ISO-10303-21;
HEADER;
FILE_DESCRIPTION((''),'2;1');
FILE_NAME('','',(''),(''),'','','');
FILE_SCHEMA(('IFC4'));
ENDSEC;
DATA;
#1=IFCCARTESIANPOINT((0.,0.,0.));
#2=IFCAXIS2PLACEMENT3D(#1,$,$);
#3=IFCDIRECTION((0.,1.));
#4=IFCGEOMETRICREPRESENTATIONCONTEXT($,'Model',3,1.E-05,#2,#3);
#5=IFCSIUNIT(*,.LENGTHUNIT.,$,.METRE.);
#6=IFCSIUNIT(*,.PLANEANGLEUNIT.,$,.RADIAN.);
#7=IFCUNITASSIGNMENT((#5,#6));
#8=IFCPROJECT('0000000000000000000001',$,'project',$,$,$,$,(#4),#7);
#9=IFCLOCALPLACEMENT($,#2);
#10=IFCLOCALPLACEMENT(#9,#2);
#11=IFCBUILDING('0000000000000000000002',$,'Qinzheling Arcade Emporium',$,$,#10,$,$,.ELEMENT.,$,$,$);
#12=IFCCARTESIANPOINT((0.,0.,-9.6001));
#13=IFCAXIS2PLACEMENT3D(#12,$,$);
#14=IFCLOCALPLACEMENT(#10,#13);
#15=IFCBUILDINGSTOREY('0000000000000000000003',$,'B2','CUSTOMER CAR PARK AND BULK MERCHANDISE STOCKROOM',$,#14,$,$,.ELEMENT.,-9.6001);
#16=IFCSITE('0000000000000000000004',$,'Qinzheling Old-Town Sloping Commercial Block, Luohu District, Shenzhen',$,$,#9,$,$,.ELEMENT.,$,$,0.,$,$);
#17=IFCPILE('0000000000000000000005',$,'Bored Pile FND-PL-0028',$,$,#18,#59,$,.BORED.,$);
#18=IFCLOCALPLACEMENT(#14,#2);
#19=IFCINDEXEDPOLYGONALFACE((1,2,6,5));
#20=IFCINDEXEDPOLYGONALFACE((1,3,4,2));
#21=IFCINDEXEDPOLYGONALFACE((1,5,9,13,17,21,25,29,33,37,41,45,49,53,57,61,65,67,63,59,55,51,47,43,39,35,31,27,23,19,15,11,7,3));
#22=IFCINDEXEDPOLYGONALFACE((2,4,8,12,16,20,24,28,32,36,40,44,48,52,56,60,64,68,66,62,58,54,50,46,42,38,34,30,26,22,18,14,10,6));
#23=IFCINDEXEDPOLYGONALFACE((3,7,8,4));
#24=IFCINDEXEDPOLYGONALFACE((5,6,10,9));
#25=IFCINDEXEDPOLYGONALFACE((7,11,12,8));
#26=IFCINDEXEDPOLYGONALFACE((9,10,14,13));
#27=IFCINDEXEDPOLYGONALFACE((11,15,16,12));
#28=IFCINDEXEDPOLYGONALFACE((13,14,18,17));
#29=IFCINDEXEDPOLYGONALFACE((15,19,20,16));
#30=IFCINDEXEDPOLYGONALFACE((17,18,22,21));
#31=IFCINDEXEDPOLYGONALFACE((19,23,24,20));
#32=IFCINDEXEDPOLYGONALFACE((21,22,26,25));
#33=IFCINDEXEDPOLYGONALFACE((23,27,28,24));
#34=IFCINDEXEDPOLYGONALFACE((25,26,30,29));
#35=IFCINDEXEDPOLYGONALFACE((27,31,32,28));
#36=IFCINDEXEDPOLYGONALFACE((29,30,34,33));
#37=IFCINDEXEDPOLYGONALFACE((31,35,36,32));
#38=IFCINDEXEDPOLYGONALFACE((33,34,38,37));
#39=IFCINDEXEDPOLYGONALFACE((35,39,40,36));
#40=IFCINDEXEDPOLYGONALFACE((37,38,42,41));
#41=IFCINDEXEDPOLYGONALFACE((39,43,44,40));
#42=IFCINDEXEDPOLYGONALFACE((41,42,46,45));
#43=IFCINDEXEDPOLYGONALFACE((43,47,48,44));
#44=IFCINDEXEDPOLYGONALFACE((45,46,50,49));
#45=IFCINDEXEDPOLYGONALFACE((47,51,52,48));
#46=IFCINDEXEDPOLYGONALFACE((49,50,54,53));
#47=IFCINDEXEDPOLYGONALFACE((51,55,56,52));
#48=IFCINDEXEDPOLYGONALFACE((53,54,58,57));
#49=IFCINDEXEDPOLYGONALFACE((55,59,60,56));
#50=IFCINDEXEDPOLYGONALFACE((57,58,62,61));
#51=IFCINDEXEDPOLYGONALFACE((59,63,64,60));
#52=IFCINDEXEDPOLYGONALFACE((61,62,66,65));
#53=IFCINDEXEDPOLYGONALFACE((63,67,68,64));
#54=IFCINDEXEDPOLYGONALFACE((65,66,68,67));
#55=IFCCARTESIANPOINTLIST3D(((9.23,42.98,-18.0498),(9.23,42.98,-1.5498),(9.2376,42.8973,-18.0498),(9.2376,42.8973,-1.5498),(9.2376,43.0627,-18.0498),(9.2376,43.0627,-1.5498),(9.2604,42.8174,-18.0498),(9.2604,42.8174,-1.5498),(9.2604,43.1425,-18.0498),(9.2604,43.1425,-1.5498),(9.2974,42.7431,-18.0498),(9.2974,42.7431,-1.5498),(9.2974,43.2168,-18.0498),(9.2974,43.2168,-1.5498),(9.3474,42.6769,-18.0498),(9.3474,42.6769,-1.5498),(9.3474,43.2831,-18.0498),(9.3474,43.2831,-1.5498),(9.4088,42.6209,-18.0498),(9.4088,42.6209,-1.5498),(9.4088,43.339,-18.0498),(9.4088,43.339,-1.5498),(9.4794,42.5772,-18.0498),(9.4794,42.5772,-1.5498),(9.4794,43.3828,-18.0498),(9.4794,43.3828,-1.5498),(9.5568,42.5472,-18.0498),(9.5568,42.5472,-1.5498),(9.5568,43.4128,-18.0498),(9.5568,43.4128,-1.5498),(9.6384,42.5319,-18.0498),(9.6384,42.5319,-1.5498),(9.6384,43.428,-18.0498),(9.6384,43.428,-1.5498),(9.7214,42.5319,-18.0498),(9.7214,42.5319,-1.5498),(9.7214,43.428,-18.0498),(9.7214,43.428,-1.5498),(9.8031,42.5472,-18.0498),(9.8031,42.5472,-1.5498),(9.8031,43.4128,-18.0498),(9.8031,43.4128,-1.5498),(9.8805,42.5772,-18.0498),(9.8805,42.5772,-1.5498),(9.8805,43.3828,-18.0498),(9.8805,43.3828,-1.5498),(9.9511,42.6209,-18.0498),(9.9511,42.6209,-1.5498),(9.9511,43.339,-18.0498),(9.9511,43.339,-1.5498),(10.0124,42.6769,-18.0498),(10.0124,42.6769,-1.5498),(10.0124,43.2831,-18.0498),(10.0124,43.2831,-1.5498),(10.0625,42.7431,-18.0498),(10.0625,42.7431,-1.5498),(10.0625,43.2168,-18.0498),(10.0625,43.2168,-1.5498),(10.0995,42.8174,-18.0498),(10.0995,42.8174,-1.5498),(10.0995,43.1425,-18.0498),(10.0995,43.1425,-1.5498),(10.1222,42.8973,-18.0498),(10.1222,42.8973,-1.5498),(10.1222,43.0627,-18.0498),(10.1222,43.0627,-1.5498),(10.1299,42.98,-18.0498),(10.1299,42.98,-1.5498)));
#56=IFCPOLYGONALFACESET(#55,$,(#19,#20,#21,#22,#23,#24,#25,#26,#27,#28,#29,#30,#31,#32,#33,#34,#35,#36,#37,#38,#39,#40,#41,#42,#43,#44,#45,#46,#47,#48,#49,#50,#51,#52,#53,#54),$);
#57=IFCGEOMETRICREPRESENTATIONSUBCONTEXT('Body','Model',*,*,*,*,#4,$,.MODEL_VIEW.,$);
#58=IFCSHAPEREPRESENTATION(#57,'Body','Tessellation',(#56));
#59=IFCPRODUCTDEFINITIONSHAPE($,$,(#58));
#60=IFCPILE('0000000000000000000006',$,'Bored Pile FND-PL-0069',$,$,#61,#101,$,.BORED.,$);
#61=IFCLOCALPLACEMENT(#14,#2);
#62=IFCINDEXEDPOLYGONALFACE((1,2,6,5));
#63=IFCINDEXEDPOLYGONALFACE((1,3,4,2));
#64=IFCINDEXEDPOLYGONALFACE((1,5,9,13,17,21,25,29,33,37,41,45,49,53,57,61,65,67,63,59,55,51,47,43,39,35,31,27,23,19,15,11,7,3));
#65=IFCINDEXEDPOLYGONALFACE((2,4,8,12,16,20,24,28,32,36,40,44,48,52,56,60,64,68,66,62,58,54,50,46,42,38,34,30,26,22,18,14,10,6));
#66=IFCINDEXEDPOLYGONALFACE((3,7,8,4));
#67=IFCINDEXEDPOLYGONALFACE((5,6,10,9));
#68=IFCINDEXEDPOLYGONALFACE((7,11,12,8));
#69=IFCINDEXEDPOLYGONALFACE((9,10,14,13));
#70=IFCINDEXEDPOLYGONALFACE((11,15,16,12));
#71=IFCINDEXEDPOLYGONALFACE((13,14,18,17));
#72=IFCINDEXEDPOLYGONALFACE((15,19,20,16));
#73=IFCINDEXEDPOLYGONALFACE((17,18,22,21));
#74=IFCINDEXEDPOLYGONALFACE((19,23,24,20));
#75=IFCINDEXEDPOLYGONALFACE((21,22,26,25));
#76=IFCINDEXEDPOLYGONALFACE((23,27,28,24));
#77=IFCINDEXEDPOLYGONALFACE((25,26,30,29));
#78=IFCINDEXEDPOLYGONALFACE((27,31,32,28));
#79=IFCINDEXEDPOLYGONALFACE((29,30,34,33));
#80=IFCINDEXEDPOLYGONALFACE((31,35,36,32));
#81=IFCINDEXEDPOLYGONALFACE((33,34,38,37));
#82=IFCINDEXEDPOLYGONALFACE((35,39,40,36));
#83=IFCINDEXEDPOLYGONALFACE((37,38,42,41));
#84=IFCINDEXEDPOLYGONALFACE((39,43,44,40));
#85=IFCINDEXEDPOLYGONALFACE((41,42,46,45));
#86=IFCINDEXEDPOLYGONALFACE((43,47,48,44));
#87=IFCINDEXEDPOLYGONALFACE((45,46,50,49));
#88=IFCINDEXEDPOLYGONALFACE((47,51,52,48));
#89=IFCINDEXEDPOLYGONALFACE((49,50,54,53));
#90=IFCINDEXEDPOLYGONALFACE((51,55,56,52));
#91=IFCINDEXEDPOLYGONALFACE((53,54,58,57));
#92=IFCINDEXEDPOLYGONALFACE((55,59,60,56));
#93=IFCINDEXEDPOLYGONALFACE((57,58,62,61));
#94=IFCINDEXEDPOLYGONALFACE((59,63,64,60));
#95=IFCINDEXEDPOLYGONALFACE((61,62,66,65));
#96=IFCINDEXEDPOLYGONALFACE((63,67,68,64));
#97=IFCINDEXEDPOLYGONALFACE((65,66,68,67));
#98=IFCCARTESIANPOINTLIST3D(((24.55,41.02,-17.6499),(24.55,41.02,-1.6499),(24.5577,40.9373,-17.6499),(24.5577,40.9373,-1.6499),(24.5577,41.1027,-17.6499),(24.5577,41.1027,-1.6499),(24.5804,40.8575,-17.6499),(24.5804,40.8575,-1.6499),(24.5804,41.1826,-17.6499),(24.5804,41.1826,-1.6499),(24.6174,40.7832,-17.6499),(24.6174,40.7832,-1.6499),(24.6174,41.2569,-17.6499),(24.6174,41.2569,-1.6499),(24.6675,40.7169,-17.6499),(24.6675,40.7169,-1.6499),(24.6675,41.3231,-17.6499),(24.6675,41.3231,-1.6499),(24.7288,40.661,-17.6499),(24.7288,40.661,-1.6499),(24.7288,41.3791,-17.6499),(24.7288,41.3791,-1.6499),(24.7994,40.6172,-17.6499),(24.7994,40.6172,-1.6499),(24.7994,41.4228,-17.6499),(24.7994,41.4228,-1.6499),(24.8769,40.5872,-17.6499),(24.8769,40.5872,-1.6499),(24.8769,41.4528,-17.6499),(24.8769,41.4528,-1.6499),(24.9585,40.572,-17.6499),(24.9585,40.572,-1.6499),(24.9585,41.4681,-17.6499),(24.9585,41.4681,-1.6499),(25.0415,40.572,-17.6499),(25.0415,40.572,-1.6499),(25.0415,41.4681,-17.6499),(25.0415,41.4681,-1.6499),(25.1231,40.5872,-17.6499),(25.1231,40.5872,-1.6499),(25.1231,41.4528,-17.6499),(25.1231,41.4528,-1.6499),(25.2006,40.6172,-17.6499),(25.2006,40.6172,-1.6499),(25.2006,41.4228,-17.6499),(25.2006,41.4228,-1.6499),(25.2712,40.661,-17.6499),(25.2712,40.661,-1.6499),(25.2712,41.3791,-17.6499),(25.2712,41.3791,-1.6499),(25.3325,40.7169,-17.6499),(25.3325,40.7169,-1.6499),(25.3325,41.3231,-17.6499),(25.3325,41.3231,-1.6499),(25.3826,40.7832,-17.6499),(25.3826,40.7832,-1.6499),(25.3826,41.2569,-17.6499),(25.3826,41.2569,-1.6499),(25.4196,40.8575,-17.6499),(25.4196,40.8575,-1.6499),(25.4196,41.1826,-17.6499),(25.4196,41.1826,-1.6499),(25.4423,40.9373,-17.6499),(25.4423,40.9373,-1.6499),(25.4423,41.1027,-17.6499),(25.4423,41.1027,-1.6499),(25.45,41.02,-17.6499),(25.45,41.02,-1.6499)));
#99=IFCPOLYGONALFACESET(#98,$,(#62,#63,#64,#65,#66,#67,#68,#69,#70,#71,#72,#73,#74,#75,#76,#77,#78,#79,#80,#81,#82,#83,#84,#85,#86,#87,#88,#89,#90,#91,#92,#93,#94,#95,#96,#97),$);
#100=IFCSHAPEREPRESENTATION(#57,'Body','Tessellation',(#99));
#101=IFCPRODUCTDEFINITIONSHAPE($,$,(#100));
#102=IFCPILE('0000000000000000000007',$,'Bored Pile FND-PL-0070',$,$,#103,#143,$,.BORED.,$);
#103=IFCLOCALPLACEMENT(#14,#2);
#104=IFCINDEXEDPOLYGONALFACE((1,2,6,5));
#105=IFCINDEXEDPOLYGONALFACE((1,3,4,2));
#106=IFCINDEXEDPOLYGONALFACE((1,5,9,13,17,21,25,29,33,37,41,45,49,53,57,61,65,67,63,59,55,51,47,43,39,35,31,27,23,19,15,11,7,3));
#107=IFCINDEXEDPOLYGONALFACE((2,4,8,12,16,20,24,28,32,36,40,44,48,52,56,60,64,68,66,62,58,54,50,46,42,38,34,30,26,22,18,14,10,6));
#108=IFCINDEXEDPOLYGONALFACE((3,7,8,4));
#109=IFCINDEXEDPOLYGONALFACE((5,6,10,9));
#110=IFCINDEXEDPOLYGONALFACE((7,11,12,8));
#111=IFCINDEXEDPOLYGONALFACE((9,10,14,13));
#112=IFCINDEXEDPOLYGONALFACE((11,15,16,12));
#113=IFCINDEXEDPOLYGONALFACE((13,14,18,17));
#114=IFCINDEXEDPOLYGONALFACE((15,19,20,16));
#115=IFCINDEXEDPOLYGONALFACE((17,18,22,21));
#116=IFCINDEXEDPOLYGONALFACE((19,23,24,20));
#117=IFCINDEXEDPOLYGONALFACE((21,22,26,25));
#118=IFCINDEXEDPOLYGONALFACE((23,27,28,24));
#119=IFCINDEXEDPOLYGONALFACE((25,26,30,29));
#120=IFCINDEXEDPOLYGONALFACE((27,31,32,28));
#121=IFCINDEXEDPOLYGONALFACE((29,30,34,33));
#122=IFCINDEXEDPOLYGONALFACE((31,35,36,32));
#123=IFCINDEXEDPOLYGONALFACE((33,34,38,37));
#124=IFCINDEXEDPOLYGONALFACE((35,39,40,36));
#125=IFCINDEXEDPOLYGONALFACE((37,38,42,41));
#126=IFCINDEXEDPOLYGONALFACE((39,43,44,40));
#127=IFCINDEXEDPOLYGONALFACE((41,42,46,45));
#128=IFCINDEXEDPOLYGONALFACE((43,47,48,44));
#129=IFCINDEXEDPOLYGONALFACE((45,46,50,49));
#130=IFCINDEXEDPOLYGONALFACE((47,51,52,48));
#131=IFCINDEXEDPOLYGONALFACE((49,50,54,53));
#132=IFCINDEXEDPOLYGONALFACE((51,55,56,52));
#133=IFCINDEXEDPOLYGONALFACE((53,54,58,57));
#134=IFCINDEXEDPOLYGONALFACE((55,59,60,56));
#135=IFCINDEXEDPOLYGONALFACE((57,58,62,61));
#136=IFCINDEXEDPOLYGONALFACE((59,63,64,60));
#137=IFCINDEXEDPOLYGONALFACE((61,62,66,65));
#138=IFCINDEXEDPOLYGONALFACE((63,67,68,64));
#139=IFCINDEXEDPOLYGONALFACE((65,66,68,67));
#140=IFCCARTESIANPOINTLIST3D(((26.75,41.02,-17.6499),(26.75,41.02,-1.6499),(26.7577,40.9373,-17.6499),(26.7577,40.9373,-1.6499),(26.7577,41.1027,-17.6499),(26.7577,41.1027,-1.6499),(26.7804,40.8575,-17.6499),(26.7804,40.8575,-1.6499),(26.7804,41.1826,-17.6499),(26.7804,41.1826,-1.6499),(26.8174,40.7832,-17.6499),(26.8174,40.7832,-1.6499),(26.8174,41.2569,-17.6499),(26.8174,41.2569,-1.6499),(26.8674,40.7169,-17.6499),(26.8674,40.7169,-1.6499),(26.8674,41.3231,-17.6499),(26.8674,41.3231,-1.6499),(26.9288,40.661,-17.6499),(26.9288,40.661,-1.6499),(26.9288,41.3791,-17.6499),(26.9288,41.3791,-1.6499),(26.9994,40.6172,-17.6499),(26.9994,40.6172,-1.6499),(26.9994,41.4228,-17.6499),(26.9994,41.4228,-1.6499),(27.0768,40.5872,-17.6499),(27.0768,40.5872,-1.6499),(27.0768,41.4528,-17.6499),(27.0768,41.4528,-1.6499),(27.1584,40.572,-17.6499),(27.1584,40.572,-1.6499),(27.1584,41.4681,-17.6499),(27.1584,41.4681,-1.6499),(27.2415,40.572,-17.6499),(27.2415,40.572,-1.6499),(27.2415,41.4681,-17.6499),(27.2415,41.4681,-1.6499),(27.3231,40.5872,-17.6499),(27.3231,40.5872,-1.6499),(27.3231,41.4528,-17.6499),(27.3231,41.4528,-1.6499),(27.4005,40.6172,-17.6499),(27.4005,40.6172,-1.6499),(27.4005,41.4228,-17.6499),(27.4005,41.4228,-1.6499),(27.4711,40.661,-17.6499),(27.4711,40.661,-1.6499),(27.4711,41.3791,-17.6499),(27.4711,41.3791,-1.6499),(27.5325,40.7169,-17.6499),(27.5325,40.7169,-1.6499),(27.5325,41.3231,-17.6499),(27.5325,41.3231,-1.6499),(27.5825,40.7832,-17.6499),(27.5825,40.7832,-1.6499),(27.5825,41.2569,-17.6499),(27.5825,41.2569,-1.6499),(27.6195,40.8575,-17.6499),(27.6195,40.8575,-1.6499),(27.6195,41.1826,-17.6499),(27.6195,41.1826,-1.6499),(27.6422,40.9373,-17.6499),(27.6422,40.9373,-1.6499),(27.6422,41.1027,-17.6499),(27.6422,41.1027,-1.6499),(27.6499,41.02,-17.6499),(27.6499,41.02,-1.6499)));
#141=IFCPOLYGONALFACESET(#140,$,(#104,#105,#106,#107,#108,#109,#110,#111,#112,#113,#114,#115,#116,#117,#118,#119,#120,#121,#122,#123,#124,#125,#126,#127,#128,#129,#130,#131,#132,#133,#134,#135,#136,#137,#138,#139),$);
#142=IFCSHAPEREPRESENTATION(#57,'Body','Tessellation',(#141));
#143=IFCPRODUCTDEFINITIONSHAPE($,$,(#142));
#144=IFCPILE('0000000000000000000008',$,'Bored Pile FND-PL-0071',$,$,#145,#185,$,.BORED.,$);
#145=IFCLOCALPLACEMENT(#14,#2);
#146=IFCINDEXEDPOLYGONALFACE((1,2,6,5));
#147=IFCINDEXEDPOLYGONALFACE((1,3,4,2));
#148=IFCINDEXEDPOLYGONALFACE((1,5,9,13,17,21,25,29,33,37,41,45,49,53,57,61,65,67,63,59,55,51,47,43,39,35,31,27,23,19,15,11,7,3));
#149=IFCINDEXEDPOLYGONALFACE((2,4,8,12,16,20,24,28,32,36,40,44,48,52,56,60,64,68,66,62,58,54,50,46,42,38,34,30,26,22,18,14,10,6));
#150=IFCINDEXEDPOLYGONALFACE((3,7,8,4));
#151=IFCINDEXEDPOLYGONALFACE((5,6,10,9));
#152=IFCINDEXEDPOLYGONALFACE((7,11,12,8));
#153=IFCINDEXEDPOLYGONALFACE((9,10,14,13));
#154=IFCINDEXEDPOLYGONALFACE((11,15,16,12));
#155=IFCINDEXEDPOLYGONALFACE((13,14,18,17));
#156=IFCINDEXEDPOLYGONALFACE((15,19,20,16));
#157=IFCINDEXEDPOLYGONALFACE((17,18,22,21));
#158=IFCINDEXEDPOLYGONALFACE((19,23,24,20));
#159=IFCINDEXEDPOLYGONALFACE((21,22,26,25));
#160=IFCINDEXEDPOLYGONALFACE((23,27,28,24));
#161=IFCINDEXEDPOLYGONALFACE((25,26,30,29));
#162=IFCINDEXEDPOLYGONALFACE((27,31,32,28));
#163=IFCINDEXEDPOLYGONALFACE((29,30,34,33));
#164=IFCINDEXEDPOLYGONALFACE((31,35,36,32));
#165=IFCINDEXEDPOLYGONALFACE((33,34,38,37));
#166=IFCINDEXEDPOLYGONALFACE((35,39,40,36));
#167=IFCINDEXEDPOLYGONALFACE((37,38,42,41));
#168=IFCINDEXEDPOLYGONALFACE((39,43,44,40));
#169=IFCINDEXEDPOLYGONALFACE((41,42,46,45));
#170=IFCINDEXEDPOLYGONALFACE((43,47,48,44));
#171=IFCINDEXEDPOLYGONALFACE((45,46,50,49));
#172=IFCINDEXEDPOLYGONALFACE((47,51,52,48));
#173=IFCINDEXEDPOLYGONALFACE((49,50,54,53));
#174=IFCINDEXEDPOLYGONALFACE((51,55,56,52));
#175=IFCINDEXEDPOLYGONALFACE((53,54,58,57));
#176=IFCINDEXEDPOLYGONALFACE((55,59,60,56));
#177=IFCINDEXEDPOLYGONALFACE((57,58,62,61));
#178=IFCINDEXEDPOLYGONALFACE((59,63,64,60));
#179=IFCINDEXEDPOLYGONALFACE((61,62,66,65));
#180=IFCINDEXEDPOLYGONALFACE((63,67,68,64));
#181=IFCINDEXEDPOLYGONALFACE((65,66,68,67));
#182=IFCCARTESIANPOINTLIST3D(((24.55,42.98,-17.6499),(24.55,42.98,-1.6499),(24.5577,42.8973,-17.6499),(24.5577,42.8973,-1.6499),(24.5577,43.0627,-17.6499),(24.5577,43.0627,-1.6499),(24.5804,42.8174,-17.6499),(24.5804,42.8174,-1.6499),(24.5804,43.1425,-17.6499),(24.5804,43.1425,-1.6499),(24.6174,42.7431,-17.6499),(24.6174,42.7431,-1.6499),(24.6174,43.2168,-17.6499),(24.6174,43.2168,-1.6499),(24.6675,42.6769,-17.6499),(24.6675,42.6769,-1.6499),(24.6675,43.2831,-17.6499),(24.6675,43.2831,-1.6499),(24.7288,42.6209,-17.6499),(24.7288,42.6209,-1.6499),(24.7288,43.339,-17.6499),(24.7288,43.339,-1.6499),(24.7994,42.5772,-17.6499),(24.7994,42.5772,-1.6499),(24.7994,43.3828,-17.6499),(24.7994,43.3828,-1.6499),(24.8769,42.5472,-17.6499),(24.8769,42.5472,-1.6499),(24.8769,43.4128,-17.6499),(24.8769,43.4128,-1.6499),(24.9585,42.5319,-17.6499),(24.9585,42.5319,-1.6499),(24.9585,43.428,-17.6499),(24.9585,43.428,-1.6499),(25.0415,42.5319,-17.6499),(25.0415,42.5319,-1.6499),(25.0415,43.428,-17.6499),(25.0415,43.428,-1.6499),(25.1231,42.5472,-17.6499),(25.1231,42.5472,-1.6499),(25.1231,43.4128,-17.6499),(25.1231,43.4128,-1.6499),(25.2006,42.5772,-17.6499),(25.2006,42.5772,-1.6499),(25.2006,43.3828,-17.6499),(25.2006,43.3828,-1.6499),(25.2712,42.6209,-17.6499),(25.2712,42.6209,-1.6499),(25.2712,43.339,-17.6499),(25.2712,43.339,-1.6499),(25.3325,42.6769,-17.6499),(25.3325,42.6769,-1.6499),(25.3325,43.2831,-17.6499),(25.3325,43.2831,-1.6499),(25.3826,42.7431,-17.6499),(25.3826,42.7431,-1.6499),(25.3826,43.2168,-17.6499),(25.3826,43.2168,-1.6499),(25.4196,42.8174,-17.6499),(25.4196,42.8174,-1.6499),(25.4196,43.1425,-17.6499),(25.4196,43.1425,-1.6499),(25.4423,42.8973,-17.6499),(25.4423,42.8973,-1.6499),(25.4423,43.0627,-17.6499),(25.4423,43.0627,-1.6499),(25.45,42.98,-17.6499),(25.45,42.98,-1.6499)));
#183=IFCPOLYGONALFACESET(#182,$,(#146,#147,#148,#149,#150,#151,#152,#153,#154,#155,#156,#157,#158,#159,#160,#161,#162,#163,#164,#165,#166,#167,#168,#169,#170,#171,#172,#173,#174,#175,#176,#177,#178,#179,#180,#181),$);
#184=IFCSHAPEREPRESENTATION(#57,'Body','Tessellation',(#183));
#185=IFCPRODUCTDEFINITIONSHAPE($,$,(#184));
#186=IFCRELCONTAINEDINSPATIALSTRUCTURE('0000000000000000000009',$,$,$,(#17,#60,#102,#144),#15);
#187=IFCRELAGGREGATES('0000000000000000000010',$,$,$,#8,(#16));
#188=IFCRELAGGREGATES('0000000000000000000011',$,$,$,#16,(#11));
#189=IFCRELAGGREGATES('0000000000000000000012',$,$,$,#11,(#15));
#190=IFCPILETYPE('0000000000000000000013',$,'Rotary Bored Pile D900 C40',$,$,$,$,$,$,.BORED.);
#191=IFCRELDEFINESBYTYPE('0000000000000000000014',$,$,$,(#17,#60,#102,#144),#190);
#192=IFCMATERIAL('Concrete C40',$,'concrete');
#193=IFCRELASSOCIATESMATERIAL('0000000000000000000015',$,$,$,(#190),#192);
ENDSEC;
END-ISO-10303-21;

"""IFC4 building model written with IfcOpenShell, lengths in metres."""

from ifc_helpers import new_model, si_unit, direction, frame, origin, origin_2d, place, context, subcontext, project, spatial, circle, extrude, material, material_profile, profile_set, type_object, element, save


model = new_model("IFC4")

# Units and contexts
model_context = context("Model", 3, precision=1e-05, world=origin(), true_north=direction((0.0, 1.0)))
body_context = subcontext(model_context, "Body", "Model", "MODEL_VIEW")
ifc_project = project(units=[si_unit("LENGTHUNIT", "METRE"), si_unit("PLANEANGLEUNIT", "RADIAN")], contexts=[model_context])

# Site, building, storey
site_placement = place(None, origin())
site = spatial("IfcSite", under=ifc_project, at=site_placement, Name="Qinzheling Old-Town Sloping Commercial Block, Luohu District, Shenzhen", CompositionType="ELEMENT", RefElevation=0.0)
building_placement = place(site_placement, origin())
building = spatial("IfcBuilding", under=site, at=building_placement, Name="Qinzheling Arcade Emporium", CompositionType="ELEMENT")
storey_placement = place(building_placement, frame((0.0, 0.0, -9.6001)))
storey = spatial("IfcBuildingStorey", under=building, at=storey_placement, Name="B2", Description="CUSTOMER CAR PARK AND BULK MERCHANDISE STOCKROOM", CompositionType="ELEMENT", Elevation=-9.6001)

# Shared definitions
ifc_material_1 = material(Name="Concrete C40", Category="concrete")

# Piles
ifc_material_profile_1 = material_profile(ifc_material_1, circle(Radius=0.45, at=origin_2d()), Name="BORED D900", Category="concrete")
ifc_profile_set_1 = profile_set([ifc_material_profile_1], Name="Concrete C40")
pile_type_1 = type_object("IfcPileType", Name="Rotary Bored Pile D900 C40", PredefinedType="BORED", material=ifc_profile_set_1)
for number, where, z_axis, x_axis, name in (
    (1, (9.6799, 42.98, -1.5498), (0.0, 0.0, -1.0), (1.0, 0.0, 0.0), "Bored Pile FND-PL-0028"),
):
    element("IfcPile", number, at=place(storey_placement, frame(where, z_axis=z_axis, x_axis=x_axis)), inside=storey, type_object=pile_type_1, Name=name, PredefinedType="BORED", context=body_context, shape_type="SweptSolid", body=[
        extrude(circle(Radius=0.45, at=origin_2d()), origin(), (0.0, 0.0, 1.0), 16.5),
    ])
for number, where, z_axis, x_axis, name in (
    (2, (25.0, 41.02, -1.6499), (0.0, 0.0, -1.0), (1.0, 0.0, 0.0), "Bored Pile FND-PL-0069"),
    (3, (27.2, 41.02, -1.6499), (0.0, 0.0, -1.0), (1.0, 0.0, 0.0), "Bored Pile FND-PL-0070"),
    (4, (25.0, 42.98, -1.6499), (0.0, 0.0, -1.0), (1.0, 0.0, 0.0), "Bored Pile FND-PL-0071"),
):
    element("IfcPile", number, at=place(storey_placement, frame(where, z_axis=z_axis, x_axis=x_axis)), inside=storey, type_object=pile_type_1, Name=name, PredefinedType="BORED", context=body_context, shape_type="SweptSolid", body=[
        extrude(circle(Radius=0.45, at=origin_2d()), origin(), (0.0, 0.0, 1.0), 16.0),
    ])

save(model, "model.ifc")
